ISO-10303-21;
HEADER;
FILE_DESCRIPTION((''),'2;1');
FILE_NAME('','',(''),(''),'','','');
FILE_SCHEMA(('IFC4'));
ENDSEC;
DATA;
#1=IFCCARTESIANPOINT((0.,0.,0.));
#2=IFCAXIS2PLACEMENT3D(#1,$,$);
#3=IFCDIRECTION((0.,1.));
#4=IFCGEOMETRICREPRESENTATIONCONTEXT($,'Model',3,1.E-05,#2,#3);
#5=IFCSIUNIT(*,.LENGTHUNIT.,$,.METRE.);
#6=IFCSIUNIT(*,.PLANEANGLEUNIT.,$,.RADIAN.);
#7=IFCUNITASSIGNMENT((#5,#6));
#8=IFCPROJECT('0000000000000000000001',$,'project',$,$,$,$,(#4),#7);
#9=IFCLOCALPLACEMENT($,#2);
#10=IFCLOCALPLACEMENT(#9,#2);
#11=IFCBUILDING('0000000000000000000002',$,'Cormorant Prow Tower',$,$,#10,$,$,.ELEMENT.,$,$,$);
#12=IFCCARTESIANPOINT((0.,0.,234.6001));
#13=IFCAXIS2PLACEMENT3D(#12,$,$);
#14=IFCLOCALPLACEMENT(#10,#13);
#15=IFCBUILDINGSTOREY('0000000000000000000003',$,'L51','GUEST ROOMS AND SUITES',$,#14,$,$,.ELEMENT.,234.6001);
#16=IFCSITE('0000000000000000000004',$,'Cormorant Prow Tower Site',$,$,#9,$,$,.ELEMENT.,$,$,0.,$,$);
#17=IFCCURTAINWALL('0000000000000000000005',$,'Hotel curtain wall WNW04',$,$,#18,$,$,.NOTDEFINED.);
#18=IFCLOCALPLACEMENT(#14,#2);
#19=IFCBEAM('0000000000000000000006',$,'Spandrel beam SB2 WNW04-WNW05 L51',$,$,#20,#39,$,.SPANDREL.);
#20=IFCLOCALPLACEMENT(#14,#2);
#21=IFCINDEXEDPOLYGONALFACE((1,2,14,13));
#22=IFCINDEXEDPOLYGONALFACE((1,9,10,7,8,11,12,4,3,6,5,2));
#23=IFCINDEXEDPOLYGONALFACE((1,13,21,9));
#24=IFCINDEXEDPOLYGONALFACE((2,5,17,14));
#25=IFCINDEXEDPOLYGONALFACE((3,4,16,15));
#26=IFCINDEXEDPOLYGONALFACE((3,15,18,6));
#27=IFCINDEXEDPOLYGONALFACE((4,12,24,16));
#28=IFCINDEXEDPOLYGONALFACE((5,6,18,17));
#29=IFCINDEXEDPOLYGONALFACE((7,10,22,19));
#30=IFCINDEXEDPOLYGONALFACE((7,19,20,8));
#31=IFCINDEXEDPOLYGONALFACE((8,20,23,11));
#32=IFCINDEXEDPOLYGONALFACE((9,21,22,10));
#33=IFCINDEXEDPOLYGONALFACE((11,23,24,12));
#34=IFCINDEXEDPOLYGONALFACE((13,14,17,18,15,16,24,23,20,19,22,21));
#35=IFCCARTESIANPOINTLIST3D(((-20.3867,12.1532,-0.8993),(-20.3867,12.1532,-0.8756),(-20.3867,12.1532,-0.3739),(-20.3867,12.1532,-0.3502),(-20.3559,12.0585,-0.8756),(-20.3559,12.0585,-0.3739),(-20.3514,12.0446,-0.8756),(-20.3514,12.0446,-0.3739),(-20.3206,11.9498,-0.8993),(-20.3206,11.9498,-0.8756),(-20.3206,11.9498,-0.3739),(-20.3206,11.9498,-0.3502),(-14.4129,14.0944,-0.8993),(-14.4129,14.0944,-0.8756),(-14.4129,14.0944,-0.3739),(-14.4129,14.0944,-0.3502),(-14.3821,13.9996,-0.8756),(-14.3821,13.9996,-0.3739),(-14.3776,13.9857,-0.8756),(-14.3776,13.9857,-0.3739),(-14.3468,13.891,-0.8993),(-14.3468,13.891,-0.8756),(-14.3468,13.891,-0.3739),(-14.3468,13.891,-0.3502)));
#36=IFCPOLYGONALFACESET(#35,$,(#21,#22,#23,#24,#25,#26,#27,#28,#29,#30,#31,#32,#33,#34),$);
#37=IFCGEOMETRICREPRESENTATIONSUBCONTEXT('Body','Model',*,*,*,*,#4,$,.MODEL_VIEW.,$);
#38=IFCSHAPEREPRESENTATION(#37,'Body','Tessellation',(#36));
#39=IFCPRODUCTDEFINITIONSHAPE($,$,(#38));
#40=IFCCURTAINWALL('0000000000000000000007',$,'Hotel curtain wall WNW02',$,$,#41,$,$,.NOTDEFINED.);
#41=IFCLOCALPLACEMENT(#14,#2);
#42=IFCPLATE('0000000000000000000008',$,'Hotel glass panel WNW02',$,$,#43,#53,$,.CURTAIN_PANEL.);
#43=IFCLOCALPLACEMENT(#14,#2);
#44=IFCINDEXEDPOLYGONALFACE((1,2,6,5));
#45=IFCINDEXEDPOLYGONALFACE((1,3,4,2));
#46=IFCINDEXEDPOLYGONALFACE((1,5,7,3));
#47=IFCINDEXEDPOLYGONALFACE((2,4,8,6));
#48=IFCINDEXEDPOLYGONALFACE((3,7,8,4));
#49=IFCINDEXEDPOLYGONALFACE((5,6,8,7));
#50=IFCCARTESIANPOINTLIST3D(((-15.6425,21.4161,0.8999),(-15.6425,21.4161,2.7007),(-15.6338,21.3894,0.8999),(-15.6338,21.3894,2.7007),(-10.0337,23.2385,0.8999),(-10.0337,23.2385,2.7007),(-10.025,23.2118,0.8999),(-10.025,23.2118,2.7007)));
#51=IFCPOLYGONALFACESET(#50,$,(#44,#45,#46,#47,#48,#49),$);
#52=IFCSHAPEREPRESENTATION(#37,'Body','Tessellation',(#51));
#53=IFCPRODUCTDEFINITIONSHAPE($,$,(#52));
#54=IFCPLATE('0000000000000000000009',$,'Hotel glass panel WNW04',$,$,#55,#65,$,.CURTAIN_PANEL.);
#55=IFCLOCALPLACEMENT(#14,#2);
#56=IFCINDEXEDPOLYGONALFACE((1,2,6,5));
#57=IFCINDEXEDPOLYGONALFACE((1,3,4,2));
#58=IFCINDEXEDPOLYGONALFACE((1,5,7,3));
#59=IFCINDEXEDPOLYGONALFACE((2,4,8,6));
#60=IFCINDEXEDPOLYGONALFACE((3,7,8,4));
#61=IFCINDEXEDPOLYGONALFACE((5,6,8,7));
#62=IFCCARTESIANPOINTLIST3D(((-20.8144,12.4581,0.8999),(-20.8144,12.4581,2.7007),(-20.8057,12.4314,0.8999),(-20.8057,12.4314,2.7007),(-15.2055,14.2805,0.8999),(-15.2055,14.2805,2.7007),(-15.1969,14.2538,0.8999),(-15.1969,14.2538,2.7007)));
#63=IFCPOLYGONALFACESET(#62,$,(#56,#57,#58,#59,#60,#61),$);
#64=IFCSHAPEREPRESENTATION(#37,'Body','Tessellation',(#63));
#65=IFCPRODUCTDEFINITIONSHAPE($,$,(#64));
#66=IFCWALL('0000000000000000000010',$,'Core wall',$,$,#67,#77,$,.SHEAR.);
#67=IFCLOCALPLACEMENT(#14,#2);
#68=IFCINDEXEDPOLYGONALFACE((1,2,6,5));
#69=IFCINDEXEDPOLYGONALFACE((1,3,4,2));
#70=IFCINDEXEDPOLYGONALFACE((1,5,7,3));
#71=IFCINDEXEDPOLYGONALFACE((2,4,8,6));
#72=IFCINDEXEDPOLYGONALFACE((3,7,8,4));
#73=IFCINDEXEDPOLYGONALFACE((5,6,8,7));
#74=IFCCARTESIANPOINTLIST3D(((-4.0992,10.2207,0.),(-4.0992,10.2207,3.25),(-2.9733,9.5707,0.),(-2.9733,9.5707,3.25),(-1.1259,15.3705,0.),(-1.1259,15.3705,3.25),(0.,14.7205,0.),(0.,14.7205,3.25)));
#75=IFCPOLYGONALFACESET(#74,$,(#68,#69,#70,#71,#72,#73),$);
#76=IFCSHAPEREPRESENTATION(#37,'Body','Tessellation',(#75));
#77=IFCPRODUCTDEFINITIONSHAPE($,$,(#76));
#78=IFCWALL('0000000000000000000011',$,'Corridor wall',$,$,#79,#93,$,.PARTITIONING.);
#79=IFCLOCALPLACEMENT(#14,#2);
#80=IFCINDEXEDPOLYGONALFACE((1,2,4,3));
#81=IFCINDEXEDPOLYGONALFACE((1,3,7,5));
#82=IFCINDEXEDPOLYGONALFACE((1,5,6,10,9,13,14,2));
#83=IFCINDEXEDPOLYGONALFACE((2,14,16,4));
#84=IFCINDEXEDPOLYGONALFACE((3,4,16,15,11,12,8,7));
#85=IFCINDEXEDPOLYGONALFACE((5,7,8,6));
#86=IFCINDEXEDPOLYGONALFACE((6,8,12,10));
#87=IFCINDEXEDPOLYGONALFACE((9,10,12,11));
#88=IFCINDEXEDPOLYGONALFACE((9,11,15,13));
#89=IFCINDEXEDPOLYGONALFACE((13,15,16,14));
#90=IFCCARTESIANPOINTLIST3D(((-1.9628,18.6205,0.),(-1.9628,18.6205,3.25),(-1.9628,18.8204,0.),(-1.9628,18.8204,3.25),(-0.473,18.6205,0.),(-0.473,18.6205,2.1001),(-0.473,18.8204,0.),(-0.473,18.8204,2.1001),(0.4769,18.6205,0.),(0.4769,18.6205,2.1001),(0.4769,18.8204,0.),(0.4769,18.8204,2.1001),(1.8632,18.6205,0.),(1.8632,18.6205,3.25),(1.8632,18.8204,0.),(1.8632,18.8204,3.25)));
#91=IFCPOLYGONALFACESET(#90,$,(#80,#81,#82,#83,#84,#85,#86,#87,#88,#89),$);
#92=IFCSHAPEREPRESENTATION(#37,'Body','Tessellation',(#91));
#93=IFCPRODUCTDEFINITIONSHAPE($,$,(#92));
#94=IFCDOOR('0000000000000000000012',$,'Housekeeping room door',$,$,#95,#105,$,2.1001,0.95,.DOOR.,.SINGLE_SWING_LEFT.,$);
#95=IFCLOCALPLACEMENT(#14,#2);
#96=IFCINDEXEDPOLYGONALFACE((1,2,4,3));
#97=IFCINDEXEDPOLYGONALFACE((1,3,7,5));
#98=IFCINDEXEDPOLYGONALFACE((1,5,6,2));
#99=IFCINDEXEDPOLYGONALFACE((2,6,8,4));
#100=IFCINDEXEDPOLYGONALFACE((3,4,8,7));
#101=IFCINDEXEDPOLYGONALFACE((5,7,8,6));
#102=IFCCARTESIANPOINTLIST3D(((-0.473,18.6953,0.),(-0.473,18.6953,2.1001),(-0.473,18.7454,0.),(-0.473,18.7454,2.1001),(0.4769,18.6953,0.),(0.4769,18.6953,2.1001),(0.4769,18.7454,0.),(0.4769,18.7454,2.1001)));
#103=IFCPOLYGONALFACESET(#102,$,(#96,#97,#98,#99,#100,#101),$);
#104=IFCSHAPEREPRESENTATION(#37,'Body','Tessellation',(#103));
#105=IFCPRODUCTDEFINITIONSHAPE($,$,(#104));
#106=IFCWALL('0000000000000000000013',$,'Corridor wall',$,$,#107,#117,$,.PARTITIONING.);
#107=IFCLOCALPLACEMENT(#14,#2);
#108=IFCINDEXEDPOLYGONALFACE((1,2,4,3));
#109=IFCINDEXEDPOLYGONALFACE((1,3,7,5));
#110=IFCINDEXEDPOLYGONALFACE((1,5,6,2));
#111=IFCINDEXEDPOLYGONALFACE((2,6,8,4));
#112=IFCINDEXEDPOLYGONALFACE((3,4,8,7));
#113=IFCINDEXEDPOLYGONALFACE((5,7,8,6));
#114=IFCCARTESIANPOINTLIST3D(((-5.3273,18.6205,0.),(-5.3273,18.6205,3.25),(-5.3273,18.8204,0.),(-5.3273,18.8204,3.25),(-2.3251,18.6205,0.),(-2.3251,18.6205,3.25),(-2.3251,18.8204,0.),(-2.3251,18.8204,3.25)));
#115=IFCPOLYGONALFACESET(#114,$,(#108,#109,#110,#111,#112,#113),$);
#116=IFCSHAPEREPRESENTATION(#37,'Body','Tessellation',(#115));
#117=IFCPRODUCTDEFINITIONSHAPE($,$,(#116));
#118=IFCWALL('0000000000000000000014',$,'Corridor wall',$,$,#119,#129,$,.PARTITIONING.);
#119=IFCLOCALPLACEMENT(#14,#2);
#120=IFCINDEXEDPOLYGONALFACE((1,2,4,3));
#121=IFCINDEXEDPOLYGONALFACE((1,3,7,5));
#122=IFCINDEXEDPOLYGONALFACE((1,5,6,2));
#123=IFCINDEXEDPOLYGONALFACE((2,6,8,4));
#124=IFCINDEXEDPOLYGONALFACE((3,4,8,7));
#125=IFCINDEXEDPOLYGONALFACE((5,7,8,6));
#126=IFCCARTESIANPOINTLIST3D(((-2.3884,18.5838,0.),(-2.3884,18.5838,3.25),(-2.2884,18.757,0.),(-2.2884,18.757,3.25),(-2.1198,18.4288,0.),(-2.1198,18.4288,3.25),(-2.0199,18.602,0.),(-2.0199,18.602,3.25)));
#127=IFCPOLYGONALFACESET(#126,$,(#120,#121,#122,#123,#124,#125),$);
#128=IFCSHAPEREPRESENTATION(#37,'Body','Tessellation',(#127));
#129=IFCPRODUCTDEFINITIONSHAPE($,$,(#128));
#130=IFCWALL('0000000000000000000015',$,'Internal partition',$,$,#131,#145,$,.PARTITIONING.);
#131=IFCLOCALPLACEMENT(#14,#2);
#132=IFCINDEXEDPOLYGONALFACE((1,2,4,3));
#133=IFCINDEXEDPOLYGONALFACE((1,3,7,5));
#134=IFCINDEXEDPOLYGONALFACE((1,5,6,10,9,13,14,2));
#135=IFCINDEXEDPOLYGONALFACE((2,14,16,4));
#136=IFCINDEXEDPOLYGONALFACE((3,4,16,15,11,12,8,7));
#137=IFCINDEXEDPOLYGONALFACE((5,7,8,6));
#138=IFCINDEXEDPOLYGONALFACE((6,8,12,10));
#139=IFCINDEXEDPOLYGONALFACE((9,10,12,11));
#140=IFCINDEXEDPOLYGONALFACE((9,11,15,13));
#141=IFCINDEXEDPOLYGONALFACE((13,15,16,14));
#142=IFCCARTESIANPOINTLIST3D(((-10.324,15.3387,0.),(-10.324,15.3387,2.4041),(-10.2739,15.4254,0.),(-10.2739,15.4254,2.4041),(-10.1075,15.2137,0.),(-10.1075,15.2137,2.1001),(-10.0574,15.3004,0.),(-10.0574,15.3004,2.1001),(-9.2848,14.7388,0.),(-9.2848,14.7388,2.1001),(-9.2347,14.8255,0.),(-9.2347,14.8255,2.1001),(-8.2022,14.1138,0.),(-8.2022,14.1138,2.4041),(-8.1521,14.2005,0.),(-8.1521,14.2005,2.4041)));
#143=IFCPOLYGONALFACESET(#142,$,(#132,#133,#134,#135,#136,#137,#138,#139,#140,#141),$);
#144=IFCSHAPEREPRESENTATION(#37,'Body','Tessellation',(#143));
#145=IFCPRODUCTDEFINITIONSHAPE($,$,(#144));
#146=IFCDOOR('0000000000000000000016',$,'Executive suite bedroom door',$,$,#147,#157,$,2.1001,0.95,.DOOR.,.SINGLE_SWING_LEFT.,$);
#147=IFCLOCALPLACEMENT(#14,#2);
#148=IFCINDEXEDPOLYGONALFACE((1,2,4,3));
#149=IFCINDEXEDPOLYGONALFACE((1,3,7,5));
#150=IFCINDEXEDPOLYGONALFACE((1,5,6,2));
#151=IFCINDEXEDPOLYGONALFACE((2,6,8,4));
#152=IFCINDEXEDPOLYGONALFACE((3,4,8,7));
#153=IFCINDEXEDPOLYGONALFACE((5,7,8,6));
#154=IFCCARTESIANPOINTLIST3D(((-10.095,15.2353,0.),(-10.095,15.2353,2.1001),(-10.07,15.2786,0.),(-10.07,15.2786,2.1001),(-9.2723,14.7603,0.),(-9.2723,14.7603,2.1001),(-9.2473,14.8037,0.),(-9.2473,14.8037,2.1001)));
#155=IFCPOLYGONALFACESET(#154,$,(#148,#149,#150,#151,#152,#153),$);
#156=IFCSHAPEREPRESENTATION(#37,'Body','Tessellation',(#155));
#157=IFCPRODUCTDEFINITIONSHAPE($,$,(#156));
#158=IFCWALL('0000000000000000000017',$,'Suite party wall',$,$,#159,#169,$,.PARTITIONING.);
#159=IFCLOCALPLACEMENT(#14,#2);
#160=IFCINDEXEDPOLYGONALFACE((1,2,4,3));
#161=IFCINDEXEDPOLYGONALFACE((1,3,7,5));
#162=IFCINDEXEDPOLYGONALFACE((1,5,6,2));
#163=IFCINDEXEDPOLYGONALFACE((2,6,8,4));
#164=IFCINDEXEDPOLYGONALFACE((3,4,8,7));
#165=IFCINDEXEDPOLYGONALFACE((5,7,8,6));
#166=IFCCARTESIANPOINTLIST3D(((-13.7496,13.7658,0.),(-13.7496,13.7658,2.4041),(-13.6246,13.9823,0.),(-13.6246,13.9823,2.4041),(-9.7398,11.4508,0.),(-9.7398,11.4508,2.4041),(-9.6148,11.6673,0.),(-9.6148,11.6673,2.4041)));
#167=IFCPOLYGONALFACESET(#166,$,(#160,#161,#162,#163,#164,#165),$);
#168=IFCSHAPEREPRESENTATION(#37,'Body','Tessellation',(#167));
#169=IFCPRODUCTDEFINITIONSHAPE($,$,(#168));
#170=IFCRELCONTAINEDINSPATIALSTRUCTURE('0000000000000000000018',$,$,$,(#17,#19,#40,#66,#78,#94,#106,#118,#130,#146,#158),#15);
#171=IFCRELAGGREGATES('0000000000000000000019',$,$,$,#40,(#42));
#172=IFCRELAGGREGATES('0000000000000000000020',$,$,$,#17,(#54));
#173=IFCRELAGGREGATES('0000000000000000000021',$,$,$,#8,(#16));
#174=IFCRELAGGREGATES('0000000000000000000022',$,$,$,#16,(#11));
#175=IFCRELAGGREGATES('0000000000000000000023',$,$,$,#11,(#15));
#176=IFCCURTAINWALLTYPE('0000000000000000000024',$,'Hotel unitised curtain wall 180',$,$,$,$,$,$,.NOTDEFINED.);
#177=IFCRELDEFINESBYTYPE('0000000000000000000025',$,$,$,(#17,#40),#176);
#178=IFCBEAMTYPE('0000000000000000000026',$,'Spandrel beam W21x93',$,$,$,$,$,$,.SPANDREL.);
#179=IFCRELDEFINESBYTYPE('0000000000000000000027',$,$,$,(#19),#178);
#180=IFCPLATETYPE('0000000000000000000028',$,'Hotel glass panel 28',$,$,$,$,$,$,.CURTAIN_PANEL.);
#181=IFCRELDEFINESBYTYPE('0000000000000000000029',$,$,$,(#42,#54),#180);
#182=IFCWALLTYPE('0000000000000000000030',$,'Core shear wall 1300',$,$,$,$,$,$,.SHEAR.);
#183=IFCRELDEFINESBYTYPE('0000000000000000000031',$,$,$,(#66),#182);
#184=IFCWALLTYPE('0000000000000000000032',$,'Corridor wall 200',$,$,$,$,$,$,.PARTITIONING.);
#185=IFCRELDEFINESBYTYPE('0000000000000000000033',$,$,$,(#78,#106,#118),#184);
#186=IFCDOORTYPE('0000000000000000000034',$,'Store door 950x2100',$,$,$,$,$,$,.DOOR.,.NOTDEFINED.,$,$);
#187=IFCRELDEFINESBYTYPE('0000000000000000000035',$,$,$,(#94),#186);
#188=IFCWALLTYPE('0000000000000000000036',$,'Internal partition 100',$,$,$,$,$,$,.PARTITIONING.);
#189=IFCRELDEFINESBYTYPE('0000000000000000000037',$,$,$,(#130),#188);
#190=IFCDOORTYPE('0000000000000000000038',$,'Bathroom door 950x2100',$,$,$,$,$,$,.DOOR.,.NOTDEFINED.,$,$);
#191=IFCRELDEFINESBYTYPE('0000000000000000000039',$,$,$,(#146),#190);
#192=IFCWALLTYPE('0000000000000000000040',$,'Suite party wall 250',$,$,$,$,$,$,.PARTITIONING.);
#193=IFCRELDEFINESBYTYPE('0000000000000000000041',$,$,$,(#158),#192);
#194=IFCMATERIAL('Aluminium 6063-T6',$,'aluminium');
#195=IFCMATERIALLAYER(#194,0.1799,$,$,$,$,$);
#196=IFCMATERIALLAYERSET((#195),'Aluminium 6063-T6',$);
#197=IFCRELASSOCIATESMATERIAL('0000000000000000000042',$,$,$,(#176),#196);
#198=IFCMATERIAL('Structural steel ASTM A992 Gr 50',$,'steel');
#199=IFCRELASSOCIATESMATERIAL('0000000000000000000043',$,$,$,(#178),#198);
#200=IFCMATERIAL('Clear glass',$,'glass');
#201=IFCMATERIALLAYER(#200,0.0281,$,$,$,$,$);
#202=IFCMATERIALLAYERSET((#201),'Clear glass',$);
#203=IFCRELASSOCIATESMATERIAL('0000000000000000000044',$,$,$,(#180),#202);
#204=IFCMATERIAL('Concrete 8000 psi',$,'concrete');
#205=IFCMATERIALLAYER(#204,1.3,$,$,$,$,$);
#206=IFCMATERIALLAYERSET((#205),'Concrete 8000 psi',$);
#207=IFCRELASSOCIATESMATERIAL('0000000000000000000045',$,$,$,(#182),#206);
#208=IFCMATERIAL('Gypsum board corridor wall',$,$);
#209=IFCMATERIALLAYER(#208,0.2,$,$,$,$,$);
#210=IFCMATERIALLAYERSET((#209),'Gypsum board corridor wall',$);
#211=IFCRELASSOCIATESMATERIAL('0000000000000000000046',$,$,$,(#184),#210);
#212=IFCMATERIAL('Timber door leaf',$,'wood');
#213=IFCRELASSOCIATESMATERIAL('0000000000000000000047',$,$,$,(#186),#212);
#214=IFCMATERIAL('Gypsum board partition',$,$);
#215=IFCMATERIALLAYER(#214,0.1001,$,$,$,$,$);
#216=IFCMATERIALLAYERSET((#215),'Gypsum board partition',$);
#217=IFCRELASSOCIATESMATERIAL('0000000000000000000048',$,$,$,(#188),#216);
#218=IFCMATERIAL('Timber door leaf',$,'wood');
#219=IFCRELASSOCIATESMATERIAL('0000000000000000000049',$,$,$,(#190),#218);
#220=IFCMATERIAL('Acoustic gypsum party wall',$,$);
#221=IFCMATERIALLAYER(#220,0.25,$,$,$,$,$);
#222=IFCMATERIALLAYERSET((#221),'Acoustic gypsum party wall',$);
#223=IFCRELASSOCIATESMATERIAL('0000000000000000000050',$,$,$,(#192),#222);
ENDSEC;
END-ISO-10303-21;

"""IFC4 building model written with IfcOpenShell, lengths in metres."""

from ifc_helpers import new_model, si_unit, direction, frame, frame_2d, origin, origin_2d, place, context, subcontext, project, spatial, rectangle, i_section, extrude, material, layer, layer_set, material_profile, profile_set, type_object, element, fill, aggregate, save


model = new_model("IFC4")

# Units and contexts
model_context = context("Model", 3, precision=1e-05, world=origin(), true_north=direction((0.0, 1.0)))
body_context = subcontext(model_context, "Body", "Model", "MODEL_VIEW")
ifc_project = project(units=[si_unit("LENGTHUNIT", "METRE"), si_unit("PLANEANGLEUNIT", "RADIAN")], contexts=[model_context])

# Site, building, storey
site_placement = place(None, origin())
site = spatial("IfcSite", under=ifc_project, at=site_placement, Name="Cormorant Prow Tower Site", CompositionType="ELEMENT", RefElevation=0.0)
building_placement = place(site_placement, origin())
building = spatial("IfcBuilding", under=site, at=building_placement, Name="Cormorant Prow Tower", CompositionType="ELEMENT")
storey_placement = place(building_placement, frame((0.0, 0.0, 234.6001)))
storey = spatial("IfcBuildingStorey", under=building, at=storey_placement, Name="L51", Description="GUEST ROOMS AND SUITES", CompositionType="ELEMENT", Elevation=234.6001)

# Curtain wall
ifc_material_1 = material(Name="Aluminium 6063-T6", Category="aluminium")
ifc_layer_1 = layer(ifc_material_1, 0.1799)
ifc_layer_set_1 = layer_set([ifc_layer_1], Name="Aluminium 6063-T6")
curtain_wall_type = type_object("IfcCurtainWallType", Name="Hotel unitised curtain wall 180", PredefinedType="NOTDEFINED", material=ifc_layer_set_1)
curtain_wall_1_placement = place(storey_placement, origin())
curtain_wall_1 = element("IfcCurtainWall", 1, at=curtain_wall_1_placement, inside=storey, type_object=curtain_wall_type, Name="Hotel curtain wall WNW04", PredefinedType="NOTDEFINED")

# Beam
ifc_material_2 = material(Name="Structural steel ASTM A992 Gr 50", Category="steel")
ifc_material_profile_1 = material_profile(ifc_material_2, i_section(OverallWidth=0.2139, OverallDepth=0.5491, WebThickness=0.0146, FlangeThickness=0.0237, at=origin_2d()), Name="W21x93")
ifc_profile_set_1 = profile_set([ifc_material_profile_1], Name="Structural steel ASTM A992 Gr 50")
beam_type_1 = type_object("IfcBeamType", Name="Spandrel beam W21x93", PredefinedType="SPANDREL", material=ifc_profile_set_1)
beam_1_placement = place(storey_placement, frame((-14.3799, 13.9927, -0.6248), z_axis=(-0.95105, -0.309036, 0.0), x_axis=(0.309036, -0.95105, 0.0)))
element("IfcBeam", 2, at=beam_1_placement, inside=storey, type_object=beam_type_1, Name="Spandrel beam SB2 WNW04-WNW05 L51", PredefinedType="SPANDREL", context=body_context, shape_type="SweptSolid", body=[
    extrude(i_section(OverallWidth=0.2139, OverallDepth=0.5491, WebThickness=0.0146, FlangeThickness=0.0237, at=origin_2d()), origin(), (0.0, 0.0, 1.0), 6.2812),
])

# Curtain wall, plate
curtain_wall_2_placement = place(storey_placement, origin())
curtain_wall_2 = element("IfcCurtainWall", 3, at=curtain_wall_2_placement, inside=storey, type_object=curtain_wall_type, Name="Hotel curtain wall WNW02", PredefinedType="NOTDEFINED")
ifc_material_3 = material(Name="Clear glass", Category="glass")
ifc_layer_2 = layer(ifc_material_3, 0.0281)
ifc_layer_set_2 = layer_set([ifc_layer_2], Name="Clear glass")
plate_type = type_object("IfcPlateType", Name="Hotel glass panel 28", PredefinedType="CURTAIN_PANEL", material=ifc_layer_set_2)
plate_1_placement = place(storey_placement, frame((-12.8337, 22.314, 0.8999), z_axis=(0.0, 0.0, 1.0), x_axis=(-0.951057, -0.309017, 0.0)))
plate_1 = element("IfcPlate", 4, at=plate_1_placement, type_object=plate_type, Name="Hotel glass panel WNW02", PredefinedType="CURTAIN_PANEL", context=body_context, shape_type="SweptSolid", body=[
    extrude(rectangle(XDim=5.8975, YDim=0.0281, at=origin_2d()), origin(), (0.0, 0.0, 1.0), 1.8008),
])
aggregate(curtain_wall_2, [plate_1])

# Plate
plate_2_placement = place(storey_placement, frame((-18.0056, 13.356, 0.8999), z_axis=(0.0, 0.0, 1.0), x_axis=(-0.951057, -0.309017, 0.0)))
plate_2 = element("IfcPlate", 5, at=plate_2_placement, type_object=plate_type, Name="Hotel glass panel WNW04", PredefinedType="CURTAIN_PANEL", context=body_context, shape_type="SweptSolid", body=[
    extrude(rectangle(XDim=5.8975, YDim=0.0281, at=origin_2d()), origin(), (0.0, 0.0, 1.0), 1.8008),
])
aggregate(curtain_wall_1, [plate_2])

# Wall
ifc_material_4 = material(Name="Concrete 8000 psi", Category="concrete")
ifc_layer_3 = layer(ifc_material_4, 1.3)
ifc_layer_set_3 = layer_set([ifc_layer_3], Name="Concrete 8000 psi")
wall_type_1 = type_object("IfcWallType", Name="Core shear wall 1300", PredefinedType="SHEAR", material=ifc_layer_set_3)
wall_1_placement = place(storey_placement, frame((-0.563, 15.0454, 0.0), z_axis=(0.0, 0.0, 1.0), x_axis=(-0.500011, -0.866019, 0.0)))
element("IfcWall", 6, at=wall_1_placement, inside=storey, type_object=wall_type_1, Name="Core wall", PredefinedType="SHEAR", context=body_context, shape_type="SweptSolid", body=[
    extrude(rectangle(XDim=5.9465, YDim=1.3, at=frame_2d((2.9731, 0.0))), origin(), (0.0, 0.0, 1.0), 3.25),
])

# Wall, opening, door
ifc_material_5 = material(Name="Gypsum board corridor wall")
ifc_layer_4 = layer(ifc_material_5, 0.2)
ifc_layer_set_4 = layer_set([ifc_layer_4], Name="Gypsum board corridor wall")
wall_type_2 = type_object("IfcWallType", Name="Corridor wall 200", PredefinedType="PARTITIONING", material=ifc_layer_set_4)
wall_2_placement = place(storey_placement, frame((-1.9629, 18.7205, 0.0), z_axis=(0.0, 0.0, 1.0), x_axis=(1.0, 0.0, 0.0)))
wall_2 = element("IfcWall", 7, at=wall_2_placement, inside=storey, type_object=wall_type_2, Name="Corridor wall", PredefinedType="PARTITIONING", context=body_context, shape_type="SweptSolid", body=[
    extrude(rectangle(XDim=3.8259, YDim=0.2, at=frame_2d((1.9131, 0.0))), origin(), (0.0, 0.0, 1.0), 3.25),
])
opening_1_placement = place(wall_2_placement, frame((1.4897, 0.0, 0.0)))
opening_1 = element("IfcOpeningElement", 8, at=opening_1_placement, cuts=wall_2, PredefinedType="OPENING", context=body_context, shape_type="SweptSolid", body=[
    extrude(rectangle(XDim=0.95, YDim=2.1001, at=frame_2d((0.4751, 1.05))), frame((0.0, 0.1099, 0.0), z_axis=(0.0, -1.0, 0.0), x_axis=(1.0, 0.0, 0.0)), (0.0, 0.0, 1.0), 0.22),
])
ifc_material_6 = material(Name="Timber door leaf", Category="wood")
door_type_1 = type_object("IfcDoorType", Name="Store door 950x2100", OperationType="NOTDEFINED", PredefinedType="DOOR", material=ifc_material_6)
door_1_placement = place(opening_1_placement, origin())
door_1 = element("IfcDoor", 9, at=door_1_placement, inside=storey, type_object=door_type_1, Name="Housekeeping room door", OperationType="SINGLE_SWING_LEFT", OverallHeight=2.1001, OverallWidth=0.95, PredefinedType="DOOR", context=body_context, shape_type="SweptSolid", body=[
    extrude(rectangle(XDim=0.95, YDim=2.1001, at=frame_2d((0.4751, 1.05))), frame((0.0, 0.0249, 0.0), z_axis=(0.0, -1.0, 0.0), x_axis=(1.0, 0.0, 0.0)), (0.0, 0.0, 1.0), 0.05),
])
fill(opening_1, door_1)

# Walls
wall_3_placement = place(storey_placement, frame((-5.3271, 18.7205, 0.0), z_axis=(0.0, 0.0, 1.0), x_axis=(1.0, 0.0, 0.0)))
element("IfcWall", 10, at=wall_3_placement, inside=storey, type_object=wall_type_2, Name="Corridor wall", PredefinedType="PARTITIONING", context=body_context, shape_type="SweptSolid", body=[
    extrude(rectangle(XDim=3.0022, YDim=0.2, at=frame_2d((1.501, 0.0))), origin(), (0.0, 0.0, 1.0), 3.25),
])
wall_4_placement = place(storey_placement, frame((-2.3384, 18.6704, 0.0), z_axis=(0.0, 0.0, 1.0), x_axis=(0.866054, -0.49995, 0.0)))
element("IfcWall", 11, at=wall_4_placement, inside=storey, type_object=wall_type_2, Name="Corridor wall", PredefinedType="PARTITIONING", context=body_context, shape_type="SweptSolid", body=[
    extrude(rectangle(XDim=0.3101, YDim=0.2, at=frame_2d((0.155, 0.0))), origin(), (0.0, 0.0, 1.0), 3.25),
])

# Wall, opening, door
ifc_material_7 = material(Name="Gypsum board partition")
ifc_layer_5 = layer(ifc_material_7, 0.1001)
ifc_layer_set_5 = layer_set([ifc_layer_5], Name="Gypsum board partition")
wall_type_3 = type_object("IfcWallType", Name="Internal partition 100", PredefinedType="PARTITIONING", material=ifc_layer_set_5)
wall_5_placement = place(storey_placement, frame((-10.2991, 15.3821, 0.0), z_axis=(0.0, 0.0, 1.0), x_axis=(0.866058, -0.499944, 0.0)))
wall_5 = element("IfcWall", 12, at=wall_5_placement, inside=storey, type_object=wall_type_3, Name="Internal partition", PredefinedType="PARTITIONING", context=body_context, shape_type="SweptSolid", body=[
    extrude(rectangle(XDim=2.45, YDim=0.1001, at=frame_2d((1.2251, 0.0))), origin(), (0.0, 0.0, 1.0), 2.4041),
])
opening_2_placement = place(wall_5_placement, frame((0.25, 0.0, 0.0)))
opening_2 = element("IfcOpeningElement", 13, at=opening_2_placement, cuts=wall_5, PredefinedType="OPENING", context=body_context, shape_type="SweptSolid", body=[
    extrude(rectangle(XDim=0.95, YDim=2.1001, at=frame_2d((0.4751, 1.05))), frame((0.0, 0.0601, 0.0), z_axis=(0.0, -1.0, 0.0), x_axis=(1.0, 0.0, 0.0)), (0.0, 0.0, 1.0), 0.1201),
])
ifc_material_8 = material(Name="Timber door leaf", Category="wood")
door_type_2 = type_object("IfcDoorType", Name="Bathroom door 950x2100", OperationType="NOTDEFINED", PredefinedType="DOOR", material=ifc_material_8)
door_2_placement = place(opening_2_placement, origin())
door_2 = element("IfcDoor", 14, at=door_2_placement, inside=storey, type_object=door_type_2, Name="Executive suite bedroom door", OperationType="SINGLE_SWING_LEFT", OverallHeight=2.1001, OverallWidth=0.95, PredefinedType="DOOR", context=body_context, shape_type="SweptSolid", body=[
    extrude(rectangle(XDim=0.95, YDim=2.1001, at=frame_2d((0.4751, 1.05))), frame((0.0, 0.0249, 0.0), z_axis=(0.0, -1.0, 0.0), x_axis=(1.0, 0.0, 0.0)), (0.0, 0.0, 1.0), 0.05),
])
fill(opening_2, door_2)

# Wall
ifc_material_9 = material(Name="Acoustic gypsum party wall")
ifc_layer_6 = layer(ifc_material_9, 0.25)
ifc_layer_set_6 = layer_set([ifc_layer_6], Name="Acoustic gypsum party wall")
wall_type_4 = type_object("IfcWallType", Name="Suite party wall 250", PredefinedType="PARTITIONING", material=ifc_layer_set_6)
wall_6_placement = place(storey_placement, frame((-13.687, 13.874, 0.0), z_axis=(0.0, 0.0, 1.0), x_axis=(0.866035, -0.499984, 0.0)))
element("IfcWall", 15, at=wall_6_placement, inside=storey, type_object=wall_type_4, Name="Suite party wall", PredefinedType="PARTITIONING", context=body_context, shape_type="SweptSolid", body=[
    extrude(rectangle(XDim=4.6301, YDim=0.25, at=frame_2d((2.3149, 0.0))), origin(), (0.0, 0.0, 1.0), 2.4041),
])

save(model, "model.ifc")
